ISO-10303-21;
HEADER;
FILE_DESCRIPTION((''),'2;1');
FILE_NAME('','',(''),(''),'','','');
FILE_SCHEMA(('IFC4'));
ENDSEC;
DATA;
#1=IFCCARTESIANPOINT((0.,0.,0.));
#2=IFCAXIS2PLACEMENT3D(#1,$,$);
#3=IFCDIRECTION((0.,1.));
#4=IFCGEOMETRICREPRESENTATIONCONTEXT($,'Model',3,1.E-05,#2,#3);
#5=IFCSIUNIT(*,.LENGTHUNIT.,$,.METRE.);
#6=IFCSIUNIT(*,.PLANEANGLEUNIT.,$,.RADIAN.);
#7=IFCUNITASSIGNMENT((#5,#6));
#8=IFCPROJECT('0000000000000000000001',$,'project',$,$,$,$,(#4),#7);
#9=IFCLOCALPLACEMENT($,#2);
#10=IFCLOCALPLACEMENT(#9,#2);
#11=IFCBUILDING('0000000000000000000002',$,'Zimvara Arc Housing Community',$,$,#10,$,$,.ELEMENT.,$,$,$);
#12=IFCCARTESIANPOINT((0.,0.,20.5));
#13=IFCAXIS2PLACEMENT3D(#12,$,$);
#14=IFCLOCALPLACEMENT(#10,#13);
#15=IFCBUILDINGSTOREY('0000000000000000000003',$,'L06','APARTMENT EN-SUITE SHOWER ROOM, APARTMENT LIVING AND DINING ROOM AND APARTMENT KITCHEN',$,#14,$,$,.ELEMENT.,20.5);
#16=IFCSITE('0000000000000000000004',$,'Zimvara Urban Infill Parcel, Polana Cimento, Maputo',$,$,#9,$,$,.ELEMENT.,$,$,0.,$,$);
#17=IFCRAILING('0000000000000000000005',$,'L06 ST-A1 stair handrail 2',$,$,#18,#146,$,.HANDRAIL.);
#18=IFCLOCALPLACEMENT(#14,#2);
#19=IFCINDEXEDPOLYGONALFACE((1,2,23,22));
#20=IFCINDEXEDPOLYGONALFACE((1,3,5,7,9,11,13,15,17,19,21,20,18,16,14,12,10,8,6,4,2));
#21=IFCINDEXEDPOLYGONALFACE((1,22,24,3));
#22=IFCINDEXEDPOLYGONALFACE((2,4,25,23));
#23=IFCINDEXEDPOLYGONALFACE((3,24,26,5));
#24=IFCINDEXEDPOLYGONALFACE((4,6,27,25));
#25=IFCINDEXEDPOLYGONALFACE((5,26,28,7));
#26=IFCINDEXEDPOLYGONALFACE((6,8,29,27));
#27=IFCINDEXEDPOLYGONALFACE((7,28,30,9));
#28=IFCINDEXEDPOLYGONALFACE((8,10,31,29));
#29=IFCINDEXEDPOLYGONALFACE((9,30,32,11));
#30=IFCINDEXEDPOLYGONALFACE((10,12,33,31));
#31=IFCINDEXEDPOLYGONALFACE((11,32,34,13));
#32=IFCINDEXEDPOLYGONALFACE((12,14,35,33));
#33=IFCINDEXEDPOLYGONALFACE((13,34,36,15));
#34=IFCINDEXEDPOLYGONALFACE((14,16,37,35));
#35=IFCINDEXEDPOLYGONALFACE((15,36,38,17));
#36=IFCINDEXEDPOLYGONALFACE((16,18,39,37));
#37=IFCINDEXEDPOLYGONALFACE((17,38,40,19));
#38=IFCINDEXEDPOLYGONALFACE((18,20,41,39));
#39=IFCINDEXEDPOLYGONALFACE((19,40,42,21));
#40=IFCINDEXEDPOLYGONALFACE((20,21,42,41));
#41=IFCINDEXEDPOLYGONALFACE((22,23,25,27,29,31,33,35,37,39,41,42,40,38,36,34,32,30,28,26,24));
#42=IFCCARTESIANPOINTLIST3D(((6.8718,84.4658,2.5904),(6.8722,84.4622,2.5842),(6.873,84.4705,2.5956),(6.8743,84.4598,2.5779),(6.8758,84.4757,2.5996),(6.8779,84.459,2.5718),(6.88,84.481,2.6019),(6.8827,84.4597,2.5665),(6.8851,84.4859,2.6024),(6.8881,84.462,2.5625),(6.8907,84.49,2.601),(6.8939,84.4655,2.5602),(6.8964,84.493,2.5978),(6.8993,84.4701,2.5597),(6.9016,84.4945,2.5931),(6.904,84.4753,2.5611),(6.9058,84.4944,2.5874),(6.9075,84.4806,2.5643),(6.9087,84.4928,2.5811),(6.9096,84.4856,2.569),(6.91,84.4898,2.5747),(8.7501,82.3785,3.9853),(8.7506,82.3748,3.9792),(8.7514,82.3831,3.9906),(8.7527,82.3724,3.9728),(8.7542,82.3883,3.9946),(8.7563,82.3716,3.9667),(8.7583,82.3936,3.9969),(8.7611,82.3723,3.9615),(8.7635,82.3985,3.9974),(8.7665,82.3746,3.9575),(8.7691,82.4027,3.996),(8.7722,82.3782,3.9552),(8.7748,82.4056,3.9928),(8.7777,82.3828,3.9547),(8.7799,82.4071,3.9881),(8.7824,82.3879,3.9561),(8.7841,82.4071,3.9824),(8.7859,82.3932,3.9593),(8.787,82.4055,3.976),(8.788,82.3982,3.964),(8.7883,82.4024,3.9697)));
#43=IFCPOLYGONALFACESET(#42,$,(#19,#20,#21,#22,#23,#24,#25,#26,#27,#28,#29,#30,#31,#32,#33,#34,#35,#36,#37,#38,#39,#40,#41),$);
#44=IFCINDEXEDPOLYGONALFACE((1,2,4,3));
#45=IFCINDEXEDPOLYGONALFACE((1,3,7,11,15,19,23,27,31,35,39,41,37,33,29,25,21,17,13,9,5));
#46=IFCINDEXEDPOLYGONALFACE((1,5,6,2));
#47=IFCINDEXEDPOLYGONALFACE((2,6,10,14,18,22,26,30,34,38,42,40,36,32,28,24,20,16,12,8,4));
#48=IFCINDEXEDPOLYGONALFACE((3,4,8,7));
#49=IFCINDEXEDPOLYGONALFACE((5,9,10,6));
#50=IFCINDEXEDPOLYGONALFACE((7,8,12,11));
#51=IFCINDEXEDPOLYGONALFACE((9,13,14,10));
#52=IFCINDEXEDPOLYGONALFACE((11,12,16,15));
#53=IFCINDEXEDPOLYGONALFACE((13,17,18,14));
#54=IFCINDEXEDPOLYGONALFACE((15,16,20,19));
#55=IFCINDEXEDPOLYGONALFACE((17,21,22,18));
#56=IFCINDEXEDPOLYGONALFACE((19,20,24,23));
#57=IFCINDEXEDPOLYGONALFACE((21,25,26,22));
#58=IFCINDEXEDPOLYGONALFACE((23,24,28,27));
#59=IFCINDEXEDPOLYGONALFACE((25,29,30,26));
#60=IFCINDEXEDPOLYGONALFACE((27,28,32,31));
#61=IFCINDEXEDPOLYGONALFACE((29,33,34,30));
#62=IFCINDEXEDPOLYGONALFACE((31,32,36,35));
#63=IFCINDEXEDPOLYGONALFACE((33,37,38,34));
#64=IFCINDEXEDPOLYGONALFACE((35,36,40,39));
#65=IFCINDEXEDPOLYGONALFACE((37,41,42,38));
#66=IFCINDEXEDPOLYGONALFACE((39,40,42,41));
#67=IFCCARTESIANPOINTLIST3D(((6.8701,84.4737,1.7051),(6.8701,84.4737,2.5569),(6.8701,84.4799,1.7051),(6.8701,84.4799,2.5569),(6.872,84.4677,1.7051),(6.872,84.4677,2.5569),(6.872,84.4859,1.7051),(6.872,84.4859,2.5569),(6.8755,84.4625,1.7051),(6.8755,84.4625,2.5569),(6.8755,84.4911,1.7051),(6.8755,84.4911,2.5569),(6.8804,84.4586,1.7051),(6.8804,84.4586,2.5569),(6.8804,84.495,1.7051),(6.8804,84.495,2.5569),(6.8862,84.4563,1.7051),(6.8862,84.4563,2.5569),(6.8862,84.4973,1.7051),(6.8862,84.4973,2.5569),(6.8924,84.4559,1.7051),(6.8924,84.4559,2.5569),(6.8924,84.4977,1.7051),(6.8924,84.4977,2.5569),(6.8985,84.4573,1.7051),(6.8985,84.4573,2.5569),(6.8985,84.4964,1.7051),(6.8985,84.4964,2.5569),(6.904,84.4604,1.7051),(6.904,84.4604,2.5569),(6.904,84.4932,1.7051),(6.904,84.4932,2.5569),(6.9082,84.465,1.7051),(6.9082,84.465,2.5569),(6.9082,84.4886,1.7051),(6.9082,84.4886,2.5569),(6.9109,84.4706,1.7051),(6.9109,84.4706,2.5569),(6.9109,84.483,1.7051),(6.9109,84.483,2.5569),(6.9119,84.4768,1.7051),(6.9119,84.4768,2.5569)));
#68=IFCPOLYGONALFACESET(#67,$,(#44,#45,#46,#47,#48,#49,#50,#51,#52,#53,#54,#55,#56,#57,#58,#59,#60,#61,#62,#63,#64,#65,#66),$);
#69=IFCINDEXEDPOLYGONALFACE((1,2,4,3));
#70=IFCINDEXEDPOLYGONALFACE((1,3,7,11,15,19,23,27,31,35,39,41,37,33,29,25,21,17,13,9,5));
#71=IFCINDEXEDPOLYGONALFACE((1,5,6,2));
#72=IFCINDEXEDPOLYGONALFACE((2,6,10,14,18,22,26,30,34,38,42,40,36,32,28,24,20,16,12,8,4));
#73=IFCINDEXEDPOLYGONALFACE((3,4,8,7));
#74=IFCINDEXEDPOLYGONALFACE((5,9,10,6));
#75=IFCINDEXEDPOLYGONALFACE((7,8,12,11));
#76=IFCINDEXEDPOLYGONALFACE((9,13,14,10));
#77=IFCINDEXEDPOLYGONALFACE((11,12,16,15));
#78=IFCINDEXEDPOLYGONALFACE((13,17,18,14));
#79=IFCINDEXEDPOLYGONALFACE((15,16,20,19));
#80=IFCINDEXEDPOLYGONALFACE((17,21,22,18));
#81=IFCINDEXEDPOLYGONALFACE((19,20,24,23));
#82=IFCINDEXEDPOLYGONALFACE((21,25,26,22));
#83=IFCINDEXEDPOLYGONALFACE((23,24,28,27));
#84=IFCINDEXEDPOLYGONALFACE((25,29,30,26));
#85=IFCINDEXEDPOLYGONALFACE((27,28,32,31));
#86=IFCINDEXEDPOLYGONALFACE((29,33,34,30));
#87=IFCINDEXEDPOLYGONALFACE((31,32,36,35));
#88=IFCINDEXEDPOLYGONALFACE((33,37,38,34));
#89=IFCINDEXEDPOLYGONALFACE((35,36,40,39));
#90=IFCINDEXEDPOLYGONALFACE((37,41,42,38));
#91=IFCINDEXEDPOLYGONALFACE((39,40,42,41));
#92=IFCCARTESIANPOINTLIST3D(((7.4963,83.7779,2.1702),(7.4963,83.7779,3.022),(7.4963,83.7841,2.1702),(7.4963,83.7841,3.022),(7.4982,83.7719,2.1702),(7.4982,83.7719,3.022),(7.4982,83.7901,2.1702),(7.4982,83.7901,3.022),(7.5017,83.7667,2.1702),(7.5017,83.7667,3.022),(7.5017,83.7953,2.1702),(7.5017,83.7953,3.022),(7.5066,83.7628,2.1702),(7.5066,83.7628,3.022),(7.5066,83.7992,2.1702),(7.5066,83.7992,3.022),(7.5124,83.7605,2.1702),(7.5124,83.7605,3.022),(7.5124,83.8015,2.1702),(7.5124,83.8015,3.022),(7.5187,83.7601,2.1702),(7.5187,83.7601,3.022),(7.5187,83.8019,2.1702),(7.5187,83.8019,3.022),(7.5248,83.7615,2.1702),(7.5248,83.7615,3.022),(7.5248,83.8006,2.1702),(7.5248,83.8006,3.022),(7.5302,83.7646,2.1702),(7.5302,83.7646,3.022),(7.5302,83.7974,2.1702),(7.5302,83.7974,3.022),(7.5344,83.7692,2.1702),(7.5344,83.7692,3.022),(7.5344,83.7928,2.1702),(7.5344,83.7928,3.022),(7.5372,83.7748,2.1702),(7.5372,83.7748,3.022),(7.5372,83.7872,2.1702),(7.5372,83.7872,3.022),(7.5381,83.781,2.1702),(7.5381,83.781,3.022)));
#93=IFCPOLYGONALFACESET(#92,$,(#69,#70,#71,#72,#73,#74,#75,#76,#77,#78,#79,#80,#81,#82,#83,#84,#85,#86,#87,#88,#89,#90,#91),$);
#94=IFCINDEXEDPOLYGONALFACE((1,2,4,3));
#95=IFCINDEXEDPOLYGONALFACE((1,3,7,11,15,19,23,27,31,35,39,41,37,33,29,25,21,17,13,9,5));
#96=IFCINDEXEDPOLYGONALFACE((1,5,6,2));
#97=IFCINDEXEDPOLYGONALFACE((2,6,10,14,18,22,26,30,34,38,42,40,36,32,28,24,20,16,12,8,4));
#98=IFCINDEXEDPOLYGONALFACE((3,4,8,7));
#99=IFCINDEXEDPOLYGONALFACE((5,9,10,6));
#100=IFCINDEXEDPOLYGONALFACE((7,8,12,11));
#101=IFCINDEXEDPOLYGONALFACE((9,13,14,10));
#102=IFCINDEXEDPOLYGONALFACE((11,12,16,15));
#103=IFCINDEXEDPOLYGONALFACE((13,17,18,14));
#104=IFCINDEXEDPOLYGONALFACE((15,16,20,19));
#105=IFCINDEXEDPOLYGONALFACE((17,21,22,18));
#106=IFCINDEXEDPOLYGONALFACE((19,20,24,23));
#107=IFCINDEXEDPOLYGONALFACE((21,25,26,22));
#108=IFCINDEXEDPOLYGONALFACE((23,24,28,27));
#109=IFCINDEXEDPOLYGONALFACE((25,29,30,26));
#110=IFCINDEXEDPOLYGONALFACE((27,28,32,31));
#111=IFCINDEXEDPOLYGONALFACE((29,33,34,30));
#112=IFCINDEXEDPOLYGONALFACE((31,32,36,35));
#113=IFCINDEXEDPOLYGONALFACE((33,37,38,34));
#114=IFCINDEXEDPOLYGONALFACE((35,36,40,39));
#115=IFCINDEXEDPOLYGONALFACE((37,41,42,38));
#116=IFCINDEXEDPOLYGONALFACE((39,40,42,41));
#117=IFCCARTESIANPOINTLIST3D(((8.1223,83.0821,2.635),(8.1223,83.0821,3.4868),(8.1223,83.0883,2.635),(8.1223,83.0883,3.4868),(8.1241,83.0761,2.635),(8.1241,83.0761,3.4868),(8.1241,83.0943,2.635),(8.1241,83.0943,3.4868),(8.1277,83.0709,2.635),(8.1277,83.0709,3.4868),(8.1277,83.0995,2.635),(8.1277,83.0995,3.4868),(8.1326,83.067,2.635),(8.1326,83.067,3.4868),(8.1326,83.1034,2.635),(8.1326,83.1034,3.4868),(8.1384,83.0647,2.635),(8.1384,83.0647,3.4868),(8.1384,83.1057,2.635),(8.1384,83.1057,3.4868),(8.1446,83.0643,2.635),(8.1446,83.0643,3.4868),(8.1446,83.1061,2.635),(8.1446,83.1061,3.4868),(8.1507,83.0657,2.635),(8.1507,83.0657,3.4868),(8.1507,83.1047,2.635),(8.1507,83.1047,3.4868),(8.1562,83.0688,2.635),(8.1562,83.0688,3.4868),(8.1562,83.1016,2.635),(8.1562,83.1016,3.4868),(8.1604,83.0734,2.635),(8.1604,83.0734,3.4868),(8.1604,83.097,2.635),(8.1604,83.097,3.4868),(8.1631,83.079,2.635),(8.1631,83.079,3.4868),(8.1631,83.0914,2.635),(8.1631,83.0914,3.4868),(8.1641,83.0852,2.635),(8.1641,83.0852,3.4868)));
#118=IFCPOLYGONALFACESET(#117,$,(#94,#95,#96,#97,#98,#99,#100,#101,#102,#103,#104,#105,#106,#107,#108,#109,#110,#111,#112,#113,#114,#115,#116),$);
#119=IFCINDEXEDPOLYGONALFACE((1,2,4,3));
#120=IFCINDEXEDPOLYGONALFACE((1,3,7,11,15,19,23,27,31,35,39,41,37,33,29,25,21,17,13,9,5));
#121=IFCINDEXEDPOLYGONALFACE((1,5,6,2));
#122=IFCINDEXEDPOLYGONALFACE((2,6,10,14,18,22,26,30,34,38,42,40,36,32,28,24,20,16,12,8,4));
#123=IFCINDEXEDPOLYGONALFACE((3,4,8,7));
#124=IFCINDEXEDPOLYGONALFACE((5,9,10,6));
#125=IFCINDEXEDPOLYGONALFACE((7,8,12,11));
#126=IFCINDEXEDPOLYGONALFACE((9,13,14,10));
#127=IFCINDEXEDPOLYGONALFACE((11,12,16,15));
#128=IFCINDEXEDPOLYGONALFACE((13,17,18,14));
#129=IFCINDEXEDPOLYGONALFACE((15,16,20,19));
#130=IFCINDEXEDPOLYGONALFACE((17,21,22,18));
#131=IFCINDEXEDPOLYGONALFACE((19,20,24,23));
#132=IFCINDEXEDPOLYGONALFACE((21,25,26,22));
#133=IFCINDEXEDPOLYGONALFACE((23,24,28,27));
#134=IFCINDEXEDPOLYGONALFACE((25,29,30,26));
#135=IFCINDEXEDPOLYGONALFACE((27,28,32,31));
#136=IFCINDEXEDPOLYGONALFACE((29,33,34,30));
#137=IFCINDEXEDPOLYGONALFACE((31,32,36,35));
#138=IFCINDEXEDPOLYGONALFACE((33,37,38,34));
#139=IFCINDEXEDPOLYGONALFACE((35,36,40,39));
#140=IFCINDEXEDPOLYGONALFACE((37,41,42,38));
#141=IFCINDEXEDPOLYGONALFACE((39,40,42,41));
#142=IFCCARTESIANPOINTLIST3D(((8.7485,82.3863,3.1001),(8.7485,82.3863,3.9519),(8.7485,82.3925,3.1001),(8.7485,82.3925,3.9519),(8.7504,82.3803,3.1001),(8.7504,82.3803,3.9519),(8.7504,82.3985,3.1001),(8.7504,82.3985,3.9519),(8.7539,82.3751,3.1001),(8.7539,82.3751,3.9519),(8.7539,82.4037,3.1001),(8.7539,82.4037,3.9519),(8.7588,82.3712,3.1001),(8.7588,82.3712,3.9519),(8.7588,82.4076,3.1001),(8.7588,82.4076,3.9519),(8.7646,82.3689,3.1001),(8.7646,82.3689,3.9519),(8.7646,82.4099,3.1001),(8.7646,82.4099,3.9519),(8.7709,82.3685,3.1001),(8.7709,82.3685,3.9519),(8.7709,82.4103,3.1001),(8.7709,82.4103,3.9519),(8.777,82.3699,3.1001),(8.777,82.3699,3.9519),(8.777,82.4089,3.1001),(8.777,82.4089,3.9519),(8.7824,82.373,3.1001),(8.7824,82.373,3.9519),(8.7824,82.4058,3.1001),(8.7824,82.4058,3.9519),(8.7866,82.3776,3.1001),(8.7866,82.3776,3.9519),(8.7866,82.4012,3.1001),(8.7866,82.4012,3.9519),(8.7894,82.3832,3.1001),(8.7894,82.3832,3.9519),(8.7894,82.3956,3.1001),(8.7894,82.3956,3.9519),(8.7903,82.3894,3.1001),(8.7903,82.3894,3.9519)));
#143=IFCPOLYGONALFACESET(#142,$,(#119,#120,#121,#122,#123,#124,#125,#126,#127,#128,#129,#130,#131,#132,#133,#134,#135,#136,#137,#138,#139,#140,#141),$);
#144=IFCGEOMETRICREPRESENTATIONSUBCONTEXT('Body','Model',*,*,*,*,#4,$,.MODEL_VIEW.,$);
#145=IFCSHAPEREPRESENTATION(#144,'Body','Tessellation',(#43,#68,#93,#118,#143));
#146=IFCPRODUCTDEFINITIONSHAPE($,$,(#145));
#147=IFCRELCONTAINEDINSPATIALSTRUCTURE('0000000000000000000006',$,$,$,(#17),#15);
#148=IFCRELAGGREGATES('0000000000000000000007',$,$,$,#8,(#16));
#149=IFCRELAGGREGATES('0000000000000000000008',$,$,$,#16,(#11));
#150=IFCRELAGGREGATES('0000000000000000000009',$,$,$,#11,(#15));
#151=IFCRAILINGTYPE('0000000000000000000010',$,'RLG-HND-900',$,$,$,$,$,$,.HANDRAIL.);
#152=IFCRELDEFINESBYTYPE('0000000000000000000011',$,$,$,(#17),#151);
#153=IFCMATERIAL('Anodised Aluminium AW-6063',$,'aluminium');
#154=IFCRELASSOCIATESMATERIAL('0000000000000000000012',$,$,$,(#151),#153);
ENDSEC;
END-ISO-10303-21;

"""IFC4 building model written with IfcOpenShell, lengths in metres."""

from ifc_helpers import new_model, si_unit, direction, frame, origin, origin_2d, place, context, subcontext, project, spatial, circle, extrude, material, type_object, element, save


model = new_model("IFC4")

# Units and contexts
model_context = context("Model", 3, precision=1e-05, world=origin(), true_north=direction((0.0, 1.0)))
body_context = subcontext(model_context, "Body", "Model", "MODEL_VIEW")
ifc_project = project(units=[si_unit("LENGTHUNIT", "METRE"), si_unit("PLANEANGLEUNIT", "RADIAN")], contexts=[model_context])

# Site, building, storey
site_placement = place(None, origin())
site = spatial("IfcSite", under=ifc_project, at=site_placement, Name="Zimvara Urban Infill Parcel, Polana Cimento, Maputo", CompositionType="ELEMENT", RefElevation=0.0)
building_placement = place(site_placement, origin())
building = spatial("IfcBuilding", under=site, at=building_placement, Name="Zimvara Arc Housing Community", CompositionType="ELEMENT")
storey_placement = place(building_placement, frame((0.0, 0.0, 20.5)))
storey = spatial("IfcBuildingStorey", under=building, at=storey_placement, Name="L06", Description="APARTMENT EN-SUITE SHOWER ROOM, APARTMENT LIVING AND DINING ROOM AND APARTMENT KITCHEN", CompositionType="ELEMENT", Elevation=20.5)

# Railing
ifc_material_1 = material(Name="Anodised Aluminium AW-6063", Category="aluminium")
railing_type_1 = type_object("IfcRailingType", Name="RLG-HND-900", PredefinedType="HANDRAIL", material=ifc_material_1)
railing_1_placement = place(storey_placement, frame((6.8909, 84.4768, 1.7051)))
element("IfcRailing", 1, at=railing_1_placement, inside=storey, type_object=railing_type_1, Name="L06 ST-A1 stair handrail 2", PredefinedType="HANDRAIL", context=body_context, shape_type="SweptSolid", body=[
    extrude(circle(Radius=0.0239, at=origin_2d()), frame((0.0, 0.0, 0.876), z_axis=(0.599068, -0.665718, 0.444902), x_axis=(0.743337, 0.668917, 0.0)), (0.0, 0.0, 1.0), 3.1355),
    extrude(circle(Radius=0.021, at=origin_2d()), origin(), (0.0, 0.0, 1.0), 0.8518),
    extrude(circle(Radius=0.021, at=origin_2d()), frame((0.6262, -0.6958, 0.4651)), (0.0, 0.0, 1.0), 0.8518),
    extrude(circle(Radius=0.021, at=origin_2d()), frame((1.2522, -1.3916, 0.9299)), (0.0, 0.0, 1.0), 0.8518),
    extrude(circle(Radius=0.021, at=origin_2d()), frame((1.8784, -2.0874, 1.395)), (0.0, 0.0, 1.0), 0.8518),
])

save(model, "model.ifc")
